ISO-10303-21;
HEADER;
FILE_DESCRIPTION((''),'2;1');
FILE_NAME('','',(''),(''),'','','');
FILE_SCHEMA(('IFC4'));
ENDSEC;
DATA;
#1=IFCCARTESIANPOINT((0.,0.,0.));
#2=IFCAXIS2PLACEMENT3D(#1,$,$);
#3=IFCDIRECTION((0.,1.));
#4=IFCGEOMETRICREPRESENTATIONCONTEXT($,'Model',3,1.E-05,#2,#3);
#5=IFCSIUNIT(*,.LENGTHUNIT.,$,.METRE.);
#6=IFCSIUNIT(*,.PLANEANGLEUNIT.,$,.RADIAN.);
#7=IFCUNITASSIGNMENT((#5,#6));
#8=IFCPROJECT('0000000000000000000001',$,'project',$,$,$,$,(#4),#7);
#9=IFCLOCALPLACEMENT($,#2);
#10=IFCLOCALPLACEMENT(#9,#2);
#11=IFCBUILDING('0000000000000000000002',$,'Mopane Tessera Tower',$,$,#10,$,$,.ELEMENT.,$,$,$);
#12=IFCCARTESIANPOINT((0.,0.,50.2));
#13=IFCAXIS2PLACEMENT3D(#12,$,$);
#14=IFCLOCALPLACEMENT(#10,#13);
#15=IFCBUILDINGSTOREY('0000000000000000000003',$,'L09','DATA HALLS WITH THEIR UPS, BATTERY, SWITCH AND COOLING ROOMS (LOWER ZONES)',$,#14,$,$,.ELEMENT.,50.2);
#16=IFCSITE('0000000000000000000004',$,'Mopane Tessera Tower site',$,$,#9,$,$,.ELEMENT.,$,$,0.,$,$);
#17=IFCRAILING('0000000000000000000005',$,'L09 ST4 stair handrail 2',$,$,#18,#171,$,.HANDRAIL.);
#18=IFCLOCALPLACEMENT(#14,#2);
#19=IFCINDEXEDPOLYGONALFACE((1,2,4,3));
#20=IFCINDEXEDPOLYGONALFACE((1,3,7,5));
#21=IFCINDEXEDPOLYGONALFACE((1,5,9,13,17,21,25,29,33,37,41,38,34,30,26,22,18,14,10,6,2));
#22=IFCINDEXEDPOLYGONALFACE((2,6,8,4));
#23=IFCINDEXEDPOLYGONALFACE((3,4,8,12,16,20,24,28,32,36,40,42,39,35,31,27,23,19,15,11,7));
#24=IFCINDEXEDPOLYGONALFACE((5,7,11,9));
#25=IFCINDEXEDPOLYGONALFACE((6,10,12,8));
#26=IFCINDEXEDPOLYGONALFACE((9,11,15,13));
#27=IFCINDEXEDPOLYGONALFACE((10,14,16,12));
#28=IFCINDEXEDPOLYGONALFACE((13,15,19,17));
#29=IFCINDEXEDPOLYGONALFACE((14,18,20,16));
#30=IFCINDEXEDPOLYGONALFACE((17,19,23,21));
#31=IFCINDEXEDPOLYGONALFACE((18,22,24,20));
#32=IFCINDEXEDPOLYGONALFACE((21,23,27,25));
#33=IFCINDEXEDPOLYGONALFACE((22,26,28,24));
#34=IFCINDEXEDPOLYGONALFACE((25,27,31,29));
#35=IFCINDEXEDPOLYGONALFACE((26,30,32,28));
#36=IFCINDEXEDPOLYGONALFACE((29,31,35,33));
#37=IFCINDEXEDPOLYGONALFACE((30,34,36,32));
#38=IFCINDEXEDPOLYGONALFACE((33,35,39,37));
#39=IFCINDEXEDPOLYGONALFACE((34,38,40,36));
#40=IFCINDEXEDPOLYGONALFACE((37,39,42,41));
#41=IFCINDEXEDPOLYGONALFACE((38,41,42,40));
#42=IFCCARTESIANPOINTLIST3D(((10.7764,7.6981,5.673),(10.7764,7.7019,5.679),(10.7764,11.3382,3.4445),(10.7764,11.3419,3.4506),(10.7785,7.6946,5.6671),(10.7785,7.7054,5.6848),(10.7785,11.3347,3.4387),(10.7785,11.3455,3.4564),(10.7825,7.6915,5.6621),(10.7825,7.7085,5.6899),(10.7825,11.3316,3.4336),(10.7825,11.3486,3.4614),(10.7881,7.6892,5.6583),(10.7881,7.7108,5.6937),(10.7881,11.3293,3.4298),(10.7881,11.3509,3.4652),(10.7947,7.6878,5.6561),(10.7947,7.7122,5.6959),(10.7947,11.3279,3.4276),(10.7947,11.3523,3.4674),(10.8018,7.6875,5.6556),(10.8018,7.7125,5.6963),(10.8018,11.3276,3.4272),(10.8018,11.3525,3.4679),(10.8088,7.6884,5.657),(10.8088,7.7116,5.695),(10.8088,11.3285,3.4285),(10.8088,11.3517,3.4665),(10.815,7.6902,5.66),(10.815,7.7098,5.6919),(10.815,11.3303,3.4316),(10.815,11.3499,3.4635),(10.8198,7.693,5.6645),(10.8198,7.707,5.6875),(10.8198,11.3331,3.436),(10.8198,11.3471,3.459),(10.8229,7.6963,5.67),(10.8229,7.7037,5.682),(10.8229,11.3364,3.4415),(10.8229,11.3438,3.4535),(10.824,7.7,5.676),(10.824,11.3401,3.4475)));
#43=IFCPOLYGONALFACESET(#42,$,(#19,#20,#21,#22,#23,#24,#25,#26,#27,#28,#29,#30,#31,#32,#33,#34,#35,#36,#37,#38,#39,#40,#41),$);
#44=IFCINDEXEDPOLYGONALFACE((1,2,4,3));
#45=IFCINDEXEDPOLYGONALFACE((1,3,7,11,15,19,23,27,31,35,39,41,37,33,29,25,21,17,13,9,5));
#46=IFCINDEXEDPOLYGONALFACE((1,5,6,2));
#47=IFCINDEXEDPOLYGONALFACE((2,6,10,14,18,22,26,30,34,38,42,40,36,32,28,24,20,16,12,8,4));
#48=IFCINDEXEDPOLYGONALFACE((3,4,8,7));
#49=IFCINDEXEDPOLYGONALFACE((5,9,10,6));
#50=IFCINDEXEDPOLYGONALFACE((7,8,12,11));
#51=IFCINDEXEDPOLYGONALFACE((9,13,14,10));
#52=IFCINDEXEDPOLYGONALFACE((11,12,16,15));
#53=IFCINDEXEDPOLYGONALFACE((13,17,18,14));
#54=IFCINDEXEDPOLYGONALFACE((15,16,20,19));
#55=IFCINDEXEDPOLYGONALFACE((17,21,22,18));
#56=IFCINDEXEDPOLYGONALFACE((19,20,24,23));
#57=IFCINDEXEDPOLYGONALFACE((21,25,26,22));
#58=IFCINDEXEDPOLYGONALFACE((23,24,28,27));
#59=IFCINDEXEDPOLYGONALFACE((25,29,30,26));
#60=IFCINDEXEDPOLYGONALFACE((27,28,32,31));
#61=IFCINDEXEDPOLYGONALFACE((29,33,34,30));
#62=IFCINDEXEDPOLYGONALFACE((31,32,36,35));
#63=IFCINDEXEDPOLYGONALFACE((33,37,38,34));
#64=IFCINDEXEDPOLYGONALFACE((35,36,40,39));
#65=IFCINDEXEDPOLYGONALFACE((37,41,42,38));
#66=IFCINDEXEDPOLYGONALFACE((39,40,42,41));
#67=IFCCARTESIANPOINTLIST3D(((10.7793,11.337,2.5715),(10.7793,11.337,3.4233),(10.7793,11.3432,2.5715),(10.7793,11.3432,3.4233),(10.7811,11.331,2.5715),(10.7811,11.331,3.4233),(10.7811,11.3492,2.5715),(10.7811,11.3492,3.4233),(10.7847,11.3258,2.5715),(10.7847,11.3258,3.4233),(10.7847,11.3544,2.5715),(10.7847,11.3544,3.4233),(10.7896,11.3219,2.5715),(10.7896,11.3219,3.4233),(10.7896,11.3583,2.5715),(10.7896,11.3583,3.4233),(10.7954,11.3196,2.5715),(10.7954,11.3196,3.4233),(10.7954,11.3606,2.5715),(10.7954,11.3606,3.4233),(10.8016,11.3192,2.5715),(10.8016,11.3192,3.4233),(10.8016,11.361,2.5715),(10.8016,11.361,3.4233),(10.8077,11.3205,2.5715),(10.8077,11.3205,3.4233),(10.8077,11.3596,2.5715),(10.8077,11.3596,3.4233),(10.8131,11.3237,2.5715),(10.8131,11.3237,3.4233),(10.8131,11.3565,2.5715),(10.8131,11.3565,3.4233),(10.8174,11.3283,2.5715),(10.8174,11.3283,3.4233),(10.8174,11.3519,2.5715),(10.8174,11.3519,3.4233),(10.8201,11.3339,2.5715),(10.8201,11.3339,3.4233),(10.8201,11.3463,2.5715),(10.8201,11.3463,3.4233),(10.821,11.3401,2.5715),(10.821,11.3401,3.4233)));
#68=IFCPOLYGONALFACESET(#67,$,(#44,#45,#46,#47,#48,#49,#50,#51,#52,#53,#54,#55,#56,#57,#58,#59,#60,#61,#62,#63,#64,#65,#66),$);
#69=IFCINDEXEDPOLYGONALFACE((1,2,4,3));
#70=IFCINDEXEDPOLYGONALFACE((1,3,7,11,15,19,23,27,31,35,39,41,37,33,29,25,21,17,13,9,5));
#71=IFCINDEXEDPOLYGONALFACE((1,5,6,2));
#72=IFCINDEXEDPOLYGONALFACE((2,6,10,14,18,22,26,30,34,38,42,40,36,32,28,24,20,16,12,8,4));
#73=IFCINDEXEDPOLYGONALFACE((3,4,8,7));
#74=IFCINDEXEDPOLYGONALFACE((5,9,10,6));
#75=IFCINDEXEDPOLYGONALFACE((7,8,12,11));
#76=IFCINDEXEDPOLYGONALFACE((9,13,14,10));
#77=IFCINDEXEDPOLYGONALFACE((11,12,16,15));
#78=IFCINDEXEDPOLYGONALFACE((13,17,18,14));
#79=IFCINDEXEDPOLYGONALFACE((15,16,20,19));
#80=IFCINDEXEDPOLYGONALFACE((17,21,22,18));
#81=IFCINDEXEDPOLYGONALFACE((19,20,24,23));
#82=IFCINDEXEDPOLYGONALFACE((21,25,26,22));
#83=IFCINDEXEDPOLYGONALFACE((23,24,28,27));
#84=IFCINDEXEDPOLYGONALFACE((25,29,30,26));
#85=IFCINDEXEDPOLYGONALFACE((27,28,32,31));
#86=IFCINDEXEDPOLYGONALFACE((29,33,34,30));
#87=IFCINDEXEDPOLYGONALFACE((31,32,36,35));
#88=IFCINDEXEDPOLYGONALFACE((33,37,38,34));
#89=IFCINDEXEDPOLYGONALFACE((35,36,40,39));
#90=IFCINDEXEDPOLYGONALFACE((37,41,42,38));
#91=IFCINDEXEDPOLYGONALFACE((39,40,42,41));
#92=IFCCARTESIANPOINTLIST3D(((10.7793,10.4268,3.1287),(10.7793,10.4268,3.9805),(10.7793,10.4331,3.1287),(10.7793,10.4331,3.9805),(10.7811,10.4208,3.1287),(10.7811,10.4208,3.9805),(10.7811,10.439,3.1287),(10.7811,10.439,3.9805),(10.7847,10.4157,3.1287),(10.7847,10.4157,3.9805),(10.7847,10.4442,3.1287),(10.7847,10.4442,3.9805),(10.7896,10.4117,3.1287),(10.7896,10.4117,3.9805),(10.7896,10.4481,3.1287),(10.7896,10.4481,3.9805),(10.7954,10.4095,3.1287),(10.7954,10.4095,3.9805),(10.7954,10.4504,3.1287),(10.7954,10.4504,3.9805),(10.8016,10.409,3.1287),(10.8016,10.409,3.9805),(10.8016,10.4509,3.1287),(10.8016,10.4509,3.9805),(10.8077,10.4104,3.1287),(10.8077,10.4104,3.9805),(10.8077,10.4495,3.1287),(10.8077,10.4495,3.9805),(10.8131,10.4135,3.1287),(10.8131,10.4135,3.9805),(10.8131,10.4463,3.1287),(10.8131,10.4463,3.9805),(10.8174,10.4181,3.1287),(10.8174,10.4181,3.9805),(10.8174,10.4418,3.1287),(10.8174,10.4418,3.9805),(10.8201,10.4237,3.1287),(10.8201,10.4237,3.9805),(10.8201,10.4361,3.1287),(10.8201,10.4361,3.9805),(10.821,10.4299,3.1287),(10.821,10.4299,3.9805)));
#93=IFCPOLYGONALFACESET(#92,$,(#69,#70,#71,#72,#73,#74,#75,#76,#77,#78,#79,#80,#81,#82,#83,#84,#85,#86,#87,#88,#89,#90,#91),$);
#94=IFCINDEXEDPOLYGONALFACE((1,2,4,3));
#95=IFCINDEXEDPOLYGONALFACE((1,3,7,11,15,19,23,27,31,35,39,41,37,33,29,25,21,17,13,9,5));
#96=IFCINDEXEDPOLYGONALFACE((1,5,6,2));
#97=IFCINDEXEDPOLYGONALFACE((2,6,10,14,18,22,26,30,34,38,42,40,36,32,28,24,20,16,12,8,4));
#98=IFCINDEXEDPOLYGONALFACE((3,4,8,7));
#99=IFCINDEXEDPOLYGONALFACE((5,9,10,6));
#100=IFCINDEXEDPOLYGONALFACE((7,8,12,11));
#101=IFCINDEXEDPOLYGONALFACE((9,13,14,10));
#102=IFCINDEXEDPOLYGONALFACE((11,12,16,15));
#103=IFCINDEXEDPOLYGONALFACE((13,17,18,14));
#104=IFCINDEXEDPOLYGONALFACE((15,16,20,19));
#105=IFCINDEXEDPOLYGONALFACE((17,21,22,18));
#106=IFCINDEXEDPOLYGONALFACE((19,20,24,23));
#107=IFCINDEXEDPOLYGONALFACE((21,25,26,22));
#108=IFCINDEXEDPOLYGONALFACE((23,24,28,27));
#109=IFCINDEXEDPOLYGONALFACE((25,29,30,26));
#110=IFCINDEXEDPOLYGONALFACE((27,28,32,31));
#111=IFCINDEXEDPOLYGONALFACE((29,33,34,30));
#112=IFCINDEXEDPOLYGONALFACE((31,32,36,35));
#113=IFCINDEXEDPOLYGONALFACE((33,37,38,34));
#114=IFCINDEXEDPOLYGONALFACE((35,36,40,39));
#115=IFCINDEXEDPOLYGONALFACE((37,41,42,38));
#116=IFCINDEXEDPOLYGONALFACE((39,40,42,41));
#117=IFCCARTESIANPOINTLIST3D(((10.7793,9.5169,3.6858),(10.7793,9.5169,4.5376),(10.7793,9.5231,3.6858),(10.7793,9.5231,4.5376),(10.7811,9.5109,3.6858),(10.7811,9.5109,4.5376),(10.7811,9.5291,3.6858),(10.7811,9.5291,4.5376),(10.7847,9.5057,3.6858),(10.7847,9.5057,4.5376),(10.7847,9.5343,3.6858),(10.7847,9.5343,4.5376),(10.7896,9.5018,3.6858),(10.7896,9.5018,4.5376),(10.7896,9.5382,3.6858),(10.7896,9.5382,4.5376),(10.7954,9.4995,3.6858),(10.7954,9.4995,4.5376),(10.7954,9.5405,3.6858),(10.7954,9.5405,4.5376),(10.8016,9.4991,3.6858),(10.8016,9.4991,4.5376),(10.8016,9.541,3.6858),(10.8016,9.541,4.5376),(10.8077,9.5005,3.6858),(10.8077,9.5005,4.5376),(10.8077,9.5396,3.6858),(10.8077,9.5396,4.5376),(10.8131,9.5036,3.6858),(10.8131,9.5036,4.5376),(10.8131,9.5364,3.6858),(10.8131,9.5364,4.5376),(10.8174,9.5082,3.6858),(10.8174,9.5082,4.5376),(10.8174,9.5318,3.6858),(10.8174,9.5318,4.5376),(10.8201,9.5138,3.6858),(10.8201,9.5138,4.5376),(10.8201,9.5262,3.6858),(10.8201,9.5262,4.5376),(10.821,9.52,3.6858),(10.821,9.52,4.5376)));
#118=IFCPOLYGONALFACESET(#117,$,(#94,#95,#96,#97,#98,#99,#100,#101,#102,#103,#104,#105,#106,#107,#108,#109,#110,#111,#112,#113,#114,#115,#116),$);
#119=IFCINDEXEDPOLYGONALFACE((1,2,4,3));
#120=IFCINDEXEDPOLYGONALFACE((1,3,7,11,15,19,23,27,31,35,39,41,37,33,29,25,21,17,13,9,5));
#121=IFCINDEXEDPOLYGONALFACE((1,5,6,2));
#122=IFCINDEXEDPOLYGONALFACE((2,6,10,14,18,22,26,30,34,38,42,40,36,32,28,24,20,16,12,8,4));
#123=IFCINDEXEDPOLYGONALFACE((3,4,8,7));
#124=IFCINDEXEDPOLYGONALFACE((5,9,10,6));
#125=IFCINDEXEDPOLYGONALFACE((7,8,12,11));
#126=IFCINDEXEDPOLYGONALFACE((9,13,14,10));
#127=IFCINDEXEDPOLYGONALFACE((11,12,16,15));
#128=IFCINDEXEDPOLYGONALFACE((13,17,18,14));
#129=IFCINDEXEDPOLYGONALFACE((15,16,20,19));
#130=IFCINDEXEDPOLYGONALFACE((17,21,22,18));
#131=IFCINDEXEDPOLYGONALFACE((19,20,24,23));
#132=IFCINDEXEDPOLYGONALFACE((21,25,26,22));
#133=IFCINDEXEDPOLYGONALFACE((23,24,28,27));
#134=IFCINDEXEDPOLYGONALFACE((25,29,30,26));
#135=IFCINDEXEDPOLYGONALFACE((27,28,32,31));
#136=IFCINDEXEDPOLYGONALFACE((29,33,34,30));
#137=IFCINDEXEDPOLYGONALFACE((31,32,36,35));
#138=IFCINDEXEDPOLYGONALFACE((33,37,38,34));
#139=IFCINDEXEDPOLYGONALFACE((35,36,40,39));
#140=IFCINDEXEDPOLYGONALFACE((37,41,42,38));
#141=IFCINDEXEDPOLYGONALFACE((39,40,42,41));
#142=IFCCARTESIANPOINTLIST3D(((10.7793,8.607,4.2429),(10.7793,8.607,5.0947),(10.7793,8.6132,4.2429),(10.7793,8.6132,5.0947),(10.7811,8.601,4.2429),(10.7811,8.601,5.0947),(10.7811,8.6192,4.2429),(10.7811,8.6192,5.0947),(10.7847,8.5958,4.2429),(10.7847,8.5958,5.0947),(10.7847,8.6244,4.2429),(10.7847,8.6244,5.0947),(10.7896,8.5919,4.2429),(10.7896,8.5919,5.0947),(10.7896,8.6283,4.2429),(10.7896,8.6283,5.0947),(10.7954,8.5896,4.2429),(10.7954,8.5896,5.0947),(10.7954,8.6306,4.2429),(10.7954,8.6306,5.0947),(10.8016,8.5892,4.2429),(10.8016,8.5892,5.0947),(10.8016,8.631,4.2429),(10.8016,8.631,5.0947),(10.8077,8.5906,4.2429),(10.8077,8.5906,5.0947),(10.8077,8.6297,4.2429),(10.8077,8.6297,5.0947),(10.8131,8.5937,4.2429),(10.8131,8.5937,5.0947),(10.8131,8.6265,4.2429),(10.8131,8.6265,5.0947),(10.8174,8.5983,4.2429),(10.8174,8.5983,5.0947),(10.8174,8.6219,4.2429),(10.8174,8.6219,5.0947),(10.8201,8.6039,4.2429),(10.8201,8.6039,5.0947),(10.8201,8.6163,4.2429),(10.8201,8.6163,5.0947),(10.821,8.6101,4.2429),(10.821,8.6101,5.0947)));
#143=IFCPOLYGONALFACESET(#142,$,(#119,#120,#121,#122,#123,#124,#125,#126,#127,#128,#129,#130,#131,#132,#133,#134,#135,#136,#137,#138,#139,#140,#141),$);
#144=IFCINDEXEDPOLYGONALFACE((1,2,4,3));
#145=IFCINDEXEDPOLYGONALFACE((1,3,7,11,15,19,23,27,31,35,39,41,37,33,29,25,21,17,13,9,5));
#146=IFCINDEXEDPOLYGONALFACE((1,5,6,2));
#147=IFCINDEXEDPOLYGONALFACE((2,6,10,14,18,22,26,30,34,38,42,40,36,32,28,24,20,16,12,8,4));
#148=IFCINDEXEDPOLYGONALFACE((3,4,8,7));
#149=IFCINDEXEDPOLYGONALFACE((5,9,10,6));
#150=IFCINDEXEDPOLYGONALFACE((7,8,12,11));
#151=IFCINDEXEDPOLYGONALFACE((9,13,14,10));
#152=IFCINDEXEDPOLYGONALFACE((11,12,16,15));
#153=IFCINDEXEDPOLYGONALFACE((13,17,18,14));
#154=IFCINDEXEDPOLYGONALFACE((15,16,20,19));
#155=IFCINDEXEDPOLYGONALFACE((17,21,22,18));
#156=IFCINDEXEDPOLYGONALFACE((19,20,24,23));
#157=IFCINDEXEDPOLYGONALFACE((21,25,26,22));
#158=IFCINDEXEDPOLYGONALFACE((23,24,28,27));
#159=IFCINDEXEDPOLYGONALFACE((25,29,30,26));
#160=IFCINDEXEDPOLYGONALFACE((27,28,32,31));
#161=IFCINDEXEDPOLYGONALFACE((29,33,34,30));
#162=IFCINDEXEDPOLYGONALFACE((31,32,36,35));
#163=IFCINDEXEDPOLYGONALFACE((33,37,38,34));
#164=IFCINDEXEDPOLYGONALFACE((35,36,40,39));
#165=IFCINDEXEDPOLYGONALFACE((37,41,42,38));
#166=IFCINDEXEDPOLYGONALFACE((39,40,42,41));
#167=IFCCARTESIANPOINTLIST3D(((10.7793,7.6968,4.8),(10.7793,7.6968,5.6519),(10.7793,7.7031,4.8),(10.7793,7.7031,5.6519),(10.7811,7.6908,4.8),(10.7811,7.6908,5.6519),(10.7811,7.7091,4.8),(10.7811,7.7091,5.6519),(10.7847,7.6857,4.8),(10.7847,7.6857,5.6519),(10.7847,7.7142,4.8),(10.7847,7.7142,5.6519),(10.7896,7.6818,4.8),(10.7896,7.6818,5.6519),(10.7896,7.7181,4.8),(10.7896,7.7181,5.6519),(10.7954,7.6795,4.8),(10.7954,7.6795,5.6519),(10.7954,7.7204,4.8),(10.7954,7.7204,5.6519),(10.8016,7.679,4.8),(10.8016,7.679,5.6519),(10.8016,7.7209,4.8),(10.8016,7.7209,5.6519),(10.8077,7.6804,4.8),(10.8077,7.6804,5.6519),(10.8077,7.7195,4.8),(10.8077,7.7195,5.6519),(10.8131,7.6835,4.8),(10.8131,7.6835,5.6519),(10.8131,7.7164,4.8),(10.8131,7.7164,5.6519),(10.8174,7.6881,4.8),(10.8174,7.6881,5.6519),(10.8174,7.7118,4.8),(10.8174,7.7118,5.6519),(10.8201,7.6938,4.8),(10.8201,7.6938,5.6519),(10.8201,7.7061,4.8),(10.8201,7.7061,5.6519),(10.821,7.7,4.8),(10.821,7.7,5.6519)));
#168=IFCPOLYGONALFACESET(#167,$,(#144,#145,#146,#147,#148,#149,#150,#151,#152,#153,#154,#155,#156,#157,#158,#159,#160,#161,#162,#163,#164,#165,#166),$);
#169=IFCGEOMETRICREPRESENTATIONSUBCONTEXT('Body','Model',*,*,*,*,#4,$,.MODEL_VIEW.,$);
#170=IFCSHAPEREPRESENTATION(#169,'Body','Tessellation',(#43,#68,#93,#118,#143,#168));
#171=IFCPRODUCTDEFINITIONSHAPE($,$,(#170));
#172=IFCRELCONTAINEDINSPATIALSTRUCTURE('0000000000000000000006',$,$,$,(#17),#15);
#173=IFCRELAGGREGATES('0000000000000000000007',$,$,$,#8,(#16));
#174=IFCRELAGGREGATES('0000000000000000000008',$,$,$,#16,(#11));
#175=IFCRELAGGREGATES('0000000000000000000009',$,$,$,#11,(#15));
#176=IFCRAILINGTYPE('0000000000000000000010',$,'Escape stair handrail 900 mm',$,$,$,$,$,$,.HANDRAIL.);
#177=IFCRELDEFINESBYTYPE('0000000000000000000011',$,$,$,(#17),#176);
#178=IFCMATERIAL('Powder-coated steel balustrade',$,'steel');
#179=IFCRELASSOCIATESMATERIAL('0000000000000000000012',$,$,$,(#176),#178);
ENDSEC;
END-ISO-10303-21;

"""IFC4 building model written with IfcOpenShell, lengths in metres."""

from ifc_helpers import new_model, si_unit, direction, frame, origin, origin_2d, place, context, subcontext, project, spatial, circle, extrude, material, type_object, element, save


model = new_model("IFC4")

# Units and contexts
model_context = context("Model", 3, precision=1e-05, world=origin(), true_north=direction((0.0, 1.0)))
body_context = subcontext(model_context, "Body", "Model", "MODEL_VIEW")
ifc_project = project(units=[si_unit("LENGTHUNIT", "METRE"), si_unit("PLANEANGLEUNIT", "RADIAN")], contexts=[model_context])

# Site, building, storey
site_placement = place(None, origin())
site = spatial("IfcSite", under=ifc_project, at=site_placement, Name="Mopane Tessera Tower site", CompositionType="ELEMENT", RefElevation=0.0)
building_placement = place(site_placement, origin())
building = spatial("IfcBuilding", under=site, at=building_placement, Name="Mopane Tessera Tower", CompositionType="ELEMENT")
storey_placement = place(building_placement, frame((0.0, 0.0, 50.2)))
storey = spatial("IfcBuildingStorey", under=building, at=storey_placement, Name="L09", Description="DATA HALLS WITH THEIR UPS, BATTERY, SWITCH AND COOLING ROOMS (LOWER ZONES)", CompositionType="ELEMENT", Elevation=50.2)

# Railing
ifc_material_1 = material(Name="Powder-coated steel balustrade", Category="steel")
railing_type_1 = type_object("IfcRailingType", Name="Escape stair handrail 900 mm", PredefinedType="HANDRAIL", material=ifc_material_1)
railing_1_placement = place(storey_placement, frame((10.8, 11.3401, 2.5715)))
element("IfcRailing", 1, at=railing_1_placement, inside=storey, type_object=railing_type_1, Name="L09 ST4 stair handrail 2", PredefinedType="HANDRAIL", context=body_context, shape_type="SweptSolid", body=[
    extrude(circle(Radius=0.0239, at=origin_2d()), frame((0.0, 0.0, 0.876), z_axis=(0.0, -0.852866, 0.52213), x_axis=(1.0, 0.0, 0.0)), (0.0, 0.0, 1.0), 4.2681),
    extrude(circle(Radius=0.021, at=origin_2d()), origin(), (0.0, 0.0, 1.0), 0.8518),
    extrude(circle(Radius=0.021, at=origin_2d()), frame((0.0, -0.9102, 0.5571)), (0.0, 0.0, 1.0), 0.8518),
    extrude(circle(Radius=0.021, at=origin_2d()), frame((0.0, -1.8201, 1.1143)), (0.0, 0.0, 1.0), 0.8518),
    extrude(circle(Radius=0.021, at=origin_2d()), frame((0.0, -2.73, 1.6714)), (0.0, 0.0, 1.0), 0.8518),
    extrude(circle(Radius=0.021, at=origin_2d()), frame((0.0, -3.6401, 2.2285)), (0.0, 0.0, 1.0), 0.8518),
])

save(model, "model.ifc")
